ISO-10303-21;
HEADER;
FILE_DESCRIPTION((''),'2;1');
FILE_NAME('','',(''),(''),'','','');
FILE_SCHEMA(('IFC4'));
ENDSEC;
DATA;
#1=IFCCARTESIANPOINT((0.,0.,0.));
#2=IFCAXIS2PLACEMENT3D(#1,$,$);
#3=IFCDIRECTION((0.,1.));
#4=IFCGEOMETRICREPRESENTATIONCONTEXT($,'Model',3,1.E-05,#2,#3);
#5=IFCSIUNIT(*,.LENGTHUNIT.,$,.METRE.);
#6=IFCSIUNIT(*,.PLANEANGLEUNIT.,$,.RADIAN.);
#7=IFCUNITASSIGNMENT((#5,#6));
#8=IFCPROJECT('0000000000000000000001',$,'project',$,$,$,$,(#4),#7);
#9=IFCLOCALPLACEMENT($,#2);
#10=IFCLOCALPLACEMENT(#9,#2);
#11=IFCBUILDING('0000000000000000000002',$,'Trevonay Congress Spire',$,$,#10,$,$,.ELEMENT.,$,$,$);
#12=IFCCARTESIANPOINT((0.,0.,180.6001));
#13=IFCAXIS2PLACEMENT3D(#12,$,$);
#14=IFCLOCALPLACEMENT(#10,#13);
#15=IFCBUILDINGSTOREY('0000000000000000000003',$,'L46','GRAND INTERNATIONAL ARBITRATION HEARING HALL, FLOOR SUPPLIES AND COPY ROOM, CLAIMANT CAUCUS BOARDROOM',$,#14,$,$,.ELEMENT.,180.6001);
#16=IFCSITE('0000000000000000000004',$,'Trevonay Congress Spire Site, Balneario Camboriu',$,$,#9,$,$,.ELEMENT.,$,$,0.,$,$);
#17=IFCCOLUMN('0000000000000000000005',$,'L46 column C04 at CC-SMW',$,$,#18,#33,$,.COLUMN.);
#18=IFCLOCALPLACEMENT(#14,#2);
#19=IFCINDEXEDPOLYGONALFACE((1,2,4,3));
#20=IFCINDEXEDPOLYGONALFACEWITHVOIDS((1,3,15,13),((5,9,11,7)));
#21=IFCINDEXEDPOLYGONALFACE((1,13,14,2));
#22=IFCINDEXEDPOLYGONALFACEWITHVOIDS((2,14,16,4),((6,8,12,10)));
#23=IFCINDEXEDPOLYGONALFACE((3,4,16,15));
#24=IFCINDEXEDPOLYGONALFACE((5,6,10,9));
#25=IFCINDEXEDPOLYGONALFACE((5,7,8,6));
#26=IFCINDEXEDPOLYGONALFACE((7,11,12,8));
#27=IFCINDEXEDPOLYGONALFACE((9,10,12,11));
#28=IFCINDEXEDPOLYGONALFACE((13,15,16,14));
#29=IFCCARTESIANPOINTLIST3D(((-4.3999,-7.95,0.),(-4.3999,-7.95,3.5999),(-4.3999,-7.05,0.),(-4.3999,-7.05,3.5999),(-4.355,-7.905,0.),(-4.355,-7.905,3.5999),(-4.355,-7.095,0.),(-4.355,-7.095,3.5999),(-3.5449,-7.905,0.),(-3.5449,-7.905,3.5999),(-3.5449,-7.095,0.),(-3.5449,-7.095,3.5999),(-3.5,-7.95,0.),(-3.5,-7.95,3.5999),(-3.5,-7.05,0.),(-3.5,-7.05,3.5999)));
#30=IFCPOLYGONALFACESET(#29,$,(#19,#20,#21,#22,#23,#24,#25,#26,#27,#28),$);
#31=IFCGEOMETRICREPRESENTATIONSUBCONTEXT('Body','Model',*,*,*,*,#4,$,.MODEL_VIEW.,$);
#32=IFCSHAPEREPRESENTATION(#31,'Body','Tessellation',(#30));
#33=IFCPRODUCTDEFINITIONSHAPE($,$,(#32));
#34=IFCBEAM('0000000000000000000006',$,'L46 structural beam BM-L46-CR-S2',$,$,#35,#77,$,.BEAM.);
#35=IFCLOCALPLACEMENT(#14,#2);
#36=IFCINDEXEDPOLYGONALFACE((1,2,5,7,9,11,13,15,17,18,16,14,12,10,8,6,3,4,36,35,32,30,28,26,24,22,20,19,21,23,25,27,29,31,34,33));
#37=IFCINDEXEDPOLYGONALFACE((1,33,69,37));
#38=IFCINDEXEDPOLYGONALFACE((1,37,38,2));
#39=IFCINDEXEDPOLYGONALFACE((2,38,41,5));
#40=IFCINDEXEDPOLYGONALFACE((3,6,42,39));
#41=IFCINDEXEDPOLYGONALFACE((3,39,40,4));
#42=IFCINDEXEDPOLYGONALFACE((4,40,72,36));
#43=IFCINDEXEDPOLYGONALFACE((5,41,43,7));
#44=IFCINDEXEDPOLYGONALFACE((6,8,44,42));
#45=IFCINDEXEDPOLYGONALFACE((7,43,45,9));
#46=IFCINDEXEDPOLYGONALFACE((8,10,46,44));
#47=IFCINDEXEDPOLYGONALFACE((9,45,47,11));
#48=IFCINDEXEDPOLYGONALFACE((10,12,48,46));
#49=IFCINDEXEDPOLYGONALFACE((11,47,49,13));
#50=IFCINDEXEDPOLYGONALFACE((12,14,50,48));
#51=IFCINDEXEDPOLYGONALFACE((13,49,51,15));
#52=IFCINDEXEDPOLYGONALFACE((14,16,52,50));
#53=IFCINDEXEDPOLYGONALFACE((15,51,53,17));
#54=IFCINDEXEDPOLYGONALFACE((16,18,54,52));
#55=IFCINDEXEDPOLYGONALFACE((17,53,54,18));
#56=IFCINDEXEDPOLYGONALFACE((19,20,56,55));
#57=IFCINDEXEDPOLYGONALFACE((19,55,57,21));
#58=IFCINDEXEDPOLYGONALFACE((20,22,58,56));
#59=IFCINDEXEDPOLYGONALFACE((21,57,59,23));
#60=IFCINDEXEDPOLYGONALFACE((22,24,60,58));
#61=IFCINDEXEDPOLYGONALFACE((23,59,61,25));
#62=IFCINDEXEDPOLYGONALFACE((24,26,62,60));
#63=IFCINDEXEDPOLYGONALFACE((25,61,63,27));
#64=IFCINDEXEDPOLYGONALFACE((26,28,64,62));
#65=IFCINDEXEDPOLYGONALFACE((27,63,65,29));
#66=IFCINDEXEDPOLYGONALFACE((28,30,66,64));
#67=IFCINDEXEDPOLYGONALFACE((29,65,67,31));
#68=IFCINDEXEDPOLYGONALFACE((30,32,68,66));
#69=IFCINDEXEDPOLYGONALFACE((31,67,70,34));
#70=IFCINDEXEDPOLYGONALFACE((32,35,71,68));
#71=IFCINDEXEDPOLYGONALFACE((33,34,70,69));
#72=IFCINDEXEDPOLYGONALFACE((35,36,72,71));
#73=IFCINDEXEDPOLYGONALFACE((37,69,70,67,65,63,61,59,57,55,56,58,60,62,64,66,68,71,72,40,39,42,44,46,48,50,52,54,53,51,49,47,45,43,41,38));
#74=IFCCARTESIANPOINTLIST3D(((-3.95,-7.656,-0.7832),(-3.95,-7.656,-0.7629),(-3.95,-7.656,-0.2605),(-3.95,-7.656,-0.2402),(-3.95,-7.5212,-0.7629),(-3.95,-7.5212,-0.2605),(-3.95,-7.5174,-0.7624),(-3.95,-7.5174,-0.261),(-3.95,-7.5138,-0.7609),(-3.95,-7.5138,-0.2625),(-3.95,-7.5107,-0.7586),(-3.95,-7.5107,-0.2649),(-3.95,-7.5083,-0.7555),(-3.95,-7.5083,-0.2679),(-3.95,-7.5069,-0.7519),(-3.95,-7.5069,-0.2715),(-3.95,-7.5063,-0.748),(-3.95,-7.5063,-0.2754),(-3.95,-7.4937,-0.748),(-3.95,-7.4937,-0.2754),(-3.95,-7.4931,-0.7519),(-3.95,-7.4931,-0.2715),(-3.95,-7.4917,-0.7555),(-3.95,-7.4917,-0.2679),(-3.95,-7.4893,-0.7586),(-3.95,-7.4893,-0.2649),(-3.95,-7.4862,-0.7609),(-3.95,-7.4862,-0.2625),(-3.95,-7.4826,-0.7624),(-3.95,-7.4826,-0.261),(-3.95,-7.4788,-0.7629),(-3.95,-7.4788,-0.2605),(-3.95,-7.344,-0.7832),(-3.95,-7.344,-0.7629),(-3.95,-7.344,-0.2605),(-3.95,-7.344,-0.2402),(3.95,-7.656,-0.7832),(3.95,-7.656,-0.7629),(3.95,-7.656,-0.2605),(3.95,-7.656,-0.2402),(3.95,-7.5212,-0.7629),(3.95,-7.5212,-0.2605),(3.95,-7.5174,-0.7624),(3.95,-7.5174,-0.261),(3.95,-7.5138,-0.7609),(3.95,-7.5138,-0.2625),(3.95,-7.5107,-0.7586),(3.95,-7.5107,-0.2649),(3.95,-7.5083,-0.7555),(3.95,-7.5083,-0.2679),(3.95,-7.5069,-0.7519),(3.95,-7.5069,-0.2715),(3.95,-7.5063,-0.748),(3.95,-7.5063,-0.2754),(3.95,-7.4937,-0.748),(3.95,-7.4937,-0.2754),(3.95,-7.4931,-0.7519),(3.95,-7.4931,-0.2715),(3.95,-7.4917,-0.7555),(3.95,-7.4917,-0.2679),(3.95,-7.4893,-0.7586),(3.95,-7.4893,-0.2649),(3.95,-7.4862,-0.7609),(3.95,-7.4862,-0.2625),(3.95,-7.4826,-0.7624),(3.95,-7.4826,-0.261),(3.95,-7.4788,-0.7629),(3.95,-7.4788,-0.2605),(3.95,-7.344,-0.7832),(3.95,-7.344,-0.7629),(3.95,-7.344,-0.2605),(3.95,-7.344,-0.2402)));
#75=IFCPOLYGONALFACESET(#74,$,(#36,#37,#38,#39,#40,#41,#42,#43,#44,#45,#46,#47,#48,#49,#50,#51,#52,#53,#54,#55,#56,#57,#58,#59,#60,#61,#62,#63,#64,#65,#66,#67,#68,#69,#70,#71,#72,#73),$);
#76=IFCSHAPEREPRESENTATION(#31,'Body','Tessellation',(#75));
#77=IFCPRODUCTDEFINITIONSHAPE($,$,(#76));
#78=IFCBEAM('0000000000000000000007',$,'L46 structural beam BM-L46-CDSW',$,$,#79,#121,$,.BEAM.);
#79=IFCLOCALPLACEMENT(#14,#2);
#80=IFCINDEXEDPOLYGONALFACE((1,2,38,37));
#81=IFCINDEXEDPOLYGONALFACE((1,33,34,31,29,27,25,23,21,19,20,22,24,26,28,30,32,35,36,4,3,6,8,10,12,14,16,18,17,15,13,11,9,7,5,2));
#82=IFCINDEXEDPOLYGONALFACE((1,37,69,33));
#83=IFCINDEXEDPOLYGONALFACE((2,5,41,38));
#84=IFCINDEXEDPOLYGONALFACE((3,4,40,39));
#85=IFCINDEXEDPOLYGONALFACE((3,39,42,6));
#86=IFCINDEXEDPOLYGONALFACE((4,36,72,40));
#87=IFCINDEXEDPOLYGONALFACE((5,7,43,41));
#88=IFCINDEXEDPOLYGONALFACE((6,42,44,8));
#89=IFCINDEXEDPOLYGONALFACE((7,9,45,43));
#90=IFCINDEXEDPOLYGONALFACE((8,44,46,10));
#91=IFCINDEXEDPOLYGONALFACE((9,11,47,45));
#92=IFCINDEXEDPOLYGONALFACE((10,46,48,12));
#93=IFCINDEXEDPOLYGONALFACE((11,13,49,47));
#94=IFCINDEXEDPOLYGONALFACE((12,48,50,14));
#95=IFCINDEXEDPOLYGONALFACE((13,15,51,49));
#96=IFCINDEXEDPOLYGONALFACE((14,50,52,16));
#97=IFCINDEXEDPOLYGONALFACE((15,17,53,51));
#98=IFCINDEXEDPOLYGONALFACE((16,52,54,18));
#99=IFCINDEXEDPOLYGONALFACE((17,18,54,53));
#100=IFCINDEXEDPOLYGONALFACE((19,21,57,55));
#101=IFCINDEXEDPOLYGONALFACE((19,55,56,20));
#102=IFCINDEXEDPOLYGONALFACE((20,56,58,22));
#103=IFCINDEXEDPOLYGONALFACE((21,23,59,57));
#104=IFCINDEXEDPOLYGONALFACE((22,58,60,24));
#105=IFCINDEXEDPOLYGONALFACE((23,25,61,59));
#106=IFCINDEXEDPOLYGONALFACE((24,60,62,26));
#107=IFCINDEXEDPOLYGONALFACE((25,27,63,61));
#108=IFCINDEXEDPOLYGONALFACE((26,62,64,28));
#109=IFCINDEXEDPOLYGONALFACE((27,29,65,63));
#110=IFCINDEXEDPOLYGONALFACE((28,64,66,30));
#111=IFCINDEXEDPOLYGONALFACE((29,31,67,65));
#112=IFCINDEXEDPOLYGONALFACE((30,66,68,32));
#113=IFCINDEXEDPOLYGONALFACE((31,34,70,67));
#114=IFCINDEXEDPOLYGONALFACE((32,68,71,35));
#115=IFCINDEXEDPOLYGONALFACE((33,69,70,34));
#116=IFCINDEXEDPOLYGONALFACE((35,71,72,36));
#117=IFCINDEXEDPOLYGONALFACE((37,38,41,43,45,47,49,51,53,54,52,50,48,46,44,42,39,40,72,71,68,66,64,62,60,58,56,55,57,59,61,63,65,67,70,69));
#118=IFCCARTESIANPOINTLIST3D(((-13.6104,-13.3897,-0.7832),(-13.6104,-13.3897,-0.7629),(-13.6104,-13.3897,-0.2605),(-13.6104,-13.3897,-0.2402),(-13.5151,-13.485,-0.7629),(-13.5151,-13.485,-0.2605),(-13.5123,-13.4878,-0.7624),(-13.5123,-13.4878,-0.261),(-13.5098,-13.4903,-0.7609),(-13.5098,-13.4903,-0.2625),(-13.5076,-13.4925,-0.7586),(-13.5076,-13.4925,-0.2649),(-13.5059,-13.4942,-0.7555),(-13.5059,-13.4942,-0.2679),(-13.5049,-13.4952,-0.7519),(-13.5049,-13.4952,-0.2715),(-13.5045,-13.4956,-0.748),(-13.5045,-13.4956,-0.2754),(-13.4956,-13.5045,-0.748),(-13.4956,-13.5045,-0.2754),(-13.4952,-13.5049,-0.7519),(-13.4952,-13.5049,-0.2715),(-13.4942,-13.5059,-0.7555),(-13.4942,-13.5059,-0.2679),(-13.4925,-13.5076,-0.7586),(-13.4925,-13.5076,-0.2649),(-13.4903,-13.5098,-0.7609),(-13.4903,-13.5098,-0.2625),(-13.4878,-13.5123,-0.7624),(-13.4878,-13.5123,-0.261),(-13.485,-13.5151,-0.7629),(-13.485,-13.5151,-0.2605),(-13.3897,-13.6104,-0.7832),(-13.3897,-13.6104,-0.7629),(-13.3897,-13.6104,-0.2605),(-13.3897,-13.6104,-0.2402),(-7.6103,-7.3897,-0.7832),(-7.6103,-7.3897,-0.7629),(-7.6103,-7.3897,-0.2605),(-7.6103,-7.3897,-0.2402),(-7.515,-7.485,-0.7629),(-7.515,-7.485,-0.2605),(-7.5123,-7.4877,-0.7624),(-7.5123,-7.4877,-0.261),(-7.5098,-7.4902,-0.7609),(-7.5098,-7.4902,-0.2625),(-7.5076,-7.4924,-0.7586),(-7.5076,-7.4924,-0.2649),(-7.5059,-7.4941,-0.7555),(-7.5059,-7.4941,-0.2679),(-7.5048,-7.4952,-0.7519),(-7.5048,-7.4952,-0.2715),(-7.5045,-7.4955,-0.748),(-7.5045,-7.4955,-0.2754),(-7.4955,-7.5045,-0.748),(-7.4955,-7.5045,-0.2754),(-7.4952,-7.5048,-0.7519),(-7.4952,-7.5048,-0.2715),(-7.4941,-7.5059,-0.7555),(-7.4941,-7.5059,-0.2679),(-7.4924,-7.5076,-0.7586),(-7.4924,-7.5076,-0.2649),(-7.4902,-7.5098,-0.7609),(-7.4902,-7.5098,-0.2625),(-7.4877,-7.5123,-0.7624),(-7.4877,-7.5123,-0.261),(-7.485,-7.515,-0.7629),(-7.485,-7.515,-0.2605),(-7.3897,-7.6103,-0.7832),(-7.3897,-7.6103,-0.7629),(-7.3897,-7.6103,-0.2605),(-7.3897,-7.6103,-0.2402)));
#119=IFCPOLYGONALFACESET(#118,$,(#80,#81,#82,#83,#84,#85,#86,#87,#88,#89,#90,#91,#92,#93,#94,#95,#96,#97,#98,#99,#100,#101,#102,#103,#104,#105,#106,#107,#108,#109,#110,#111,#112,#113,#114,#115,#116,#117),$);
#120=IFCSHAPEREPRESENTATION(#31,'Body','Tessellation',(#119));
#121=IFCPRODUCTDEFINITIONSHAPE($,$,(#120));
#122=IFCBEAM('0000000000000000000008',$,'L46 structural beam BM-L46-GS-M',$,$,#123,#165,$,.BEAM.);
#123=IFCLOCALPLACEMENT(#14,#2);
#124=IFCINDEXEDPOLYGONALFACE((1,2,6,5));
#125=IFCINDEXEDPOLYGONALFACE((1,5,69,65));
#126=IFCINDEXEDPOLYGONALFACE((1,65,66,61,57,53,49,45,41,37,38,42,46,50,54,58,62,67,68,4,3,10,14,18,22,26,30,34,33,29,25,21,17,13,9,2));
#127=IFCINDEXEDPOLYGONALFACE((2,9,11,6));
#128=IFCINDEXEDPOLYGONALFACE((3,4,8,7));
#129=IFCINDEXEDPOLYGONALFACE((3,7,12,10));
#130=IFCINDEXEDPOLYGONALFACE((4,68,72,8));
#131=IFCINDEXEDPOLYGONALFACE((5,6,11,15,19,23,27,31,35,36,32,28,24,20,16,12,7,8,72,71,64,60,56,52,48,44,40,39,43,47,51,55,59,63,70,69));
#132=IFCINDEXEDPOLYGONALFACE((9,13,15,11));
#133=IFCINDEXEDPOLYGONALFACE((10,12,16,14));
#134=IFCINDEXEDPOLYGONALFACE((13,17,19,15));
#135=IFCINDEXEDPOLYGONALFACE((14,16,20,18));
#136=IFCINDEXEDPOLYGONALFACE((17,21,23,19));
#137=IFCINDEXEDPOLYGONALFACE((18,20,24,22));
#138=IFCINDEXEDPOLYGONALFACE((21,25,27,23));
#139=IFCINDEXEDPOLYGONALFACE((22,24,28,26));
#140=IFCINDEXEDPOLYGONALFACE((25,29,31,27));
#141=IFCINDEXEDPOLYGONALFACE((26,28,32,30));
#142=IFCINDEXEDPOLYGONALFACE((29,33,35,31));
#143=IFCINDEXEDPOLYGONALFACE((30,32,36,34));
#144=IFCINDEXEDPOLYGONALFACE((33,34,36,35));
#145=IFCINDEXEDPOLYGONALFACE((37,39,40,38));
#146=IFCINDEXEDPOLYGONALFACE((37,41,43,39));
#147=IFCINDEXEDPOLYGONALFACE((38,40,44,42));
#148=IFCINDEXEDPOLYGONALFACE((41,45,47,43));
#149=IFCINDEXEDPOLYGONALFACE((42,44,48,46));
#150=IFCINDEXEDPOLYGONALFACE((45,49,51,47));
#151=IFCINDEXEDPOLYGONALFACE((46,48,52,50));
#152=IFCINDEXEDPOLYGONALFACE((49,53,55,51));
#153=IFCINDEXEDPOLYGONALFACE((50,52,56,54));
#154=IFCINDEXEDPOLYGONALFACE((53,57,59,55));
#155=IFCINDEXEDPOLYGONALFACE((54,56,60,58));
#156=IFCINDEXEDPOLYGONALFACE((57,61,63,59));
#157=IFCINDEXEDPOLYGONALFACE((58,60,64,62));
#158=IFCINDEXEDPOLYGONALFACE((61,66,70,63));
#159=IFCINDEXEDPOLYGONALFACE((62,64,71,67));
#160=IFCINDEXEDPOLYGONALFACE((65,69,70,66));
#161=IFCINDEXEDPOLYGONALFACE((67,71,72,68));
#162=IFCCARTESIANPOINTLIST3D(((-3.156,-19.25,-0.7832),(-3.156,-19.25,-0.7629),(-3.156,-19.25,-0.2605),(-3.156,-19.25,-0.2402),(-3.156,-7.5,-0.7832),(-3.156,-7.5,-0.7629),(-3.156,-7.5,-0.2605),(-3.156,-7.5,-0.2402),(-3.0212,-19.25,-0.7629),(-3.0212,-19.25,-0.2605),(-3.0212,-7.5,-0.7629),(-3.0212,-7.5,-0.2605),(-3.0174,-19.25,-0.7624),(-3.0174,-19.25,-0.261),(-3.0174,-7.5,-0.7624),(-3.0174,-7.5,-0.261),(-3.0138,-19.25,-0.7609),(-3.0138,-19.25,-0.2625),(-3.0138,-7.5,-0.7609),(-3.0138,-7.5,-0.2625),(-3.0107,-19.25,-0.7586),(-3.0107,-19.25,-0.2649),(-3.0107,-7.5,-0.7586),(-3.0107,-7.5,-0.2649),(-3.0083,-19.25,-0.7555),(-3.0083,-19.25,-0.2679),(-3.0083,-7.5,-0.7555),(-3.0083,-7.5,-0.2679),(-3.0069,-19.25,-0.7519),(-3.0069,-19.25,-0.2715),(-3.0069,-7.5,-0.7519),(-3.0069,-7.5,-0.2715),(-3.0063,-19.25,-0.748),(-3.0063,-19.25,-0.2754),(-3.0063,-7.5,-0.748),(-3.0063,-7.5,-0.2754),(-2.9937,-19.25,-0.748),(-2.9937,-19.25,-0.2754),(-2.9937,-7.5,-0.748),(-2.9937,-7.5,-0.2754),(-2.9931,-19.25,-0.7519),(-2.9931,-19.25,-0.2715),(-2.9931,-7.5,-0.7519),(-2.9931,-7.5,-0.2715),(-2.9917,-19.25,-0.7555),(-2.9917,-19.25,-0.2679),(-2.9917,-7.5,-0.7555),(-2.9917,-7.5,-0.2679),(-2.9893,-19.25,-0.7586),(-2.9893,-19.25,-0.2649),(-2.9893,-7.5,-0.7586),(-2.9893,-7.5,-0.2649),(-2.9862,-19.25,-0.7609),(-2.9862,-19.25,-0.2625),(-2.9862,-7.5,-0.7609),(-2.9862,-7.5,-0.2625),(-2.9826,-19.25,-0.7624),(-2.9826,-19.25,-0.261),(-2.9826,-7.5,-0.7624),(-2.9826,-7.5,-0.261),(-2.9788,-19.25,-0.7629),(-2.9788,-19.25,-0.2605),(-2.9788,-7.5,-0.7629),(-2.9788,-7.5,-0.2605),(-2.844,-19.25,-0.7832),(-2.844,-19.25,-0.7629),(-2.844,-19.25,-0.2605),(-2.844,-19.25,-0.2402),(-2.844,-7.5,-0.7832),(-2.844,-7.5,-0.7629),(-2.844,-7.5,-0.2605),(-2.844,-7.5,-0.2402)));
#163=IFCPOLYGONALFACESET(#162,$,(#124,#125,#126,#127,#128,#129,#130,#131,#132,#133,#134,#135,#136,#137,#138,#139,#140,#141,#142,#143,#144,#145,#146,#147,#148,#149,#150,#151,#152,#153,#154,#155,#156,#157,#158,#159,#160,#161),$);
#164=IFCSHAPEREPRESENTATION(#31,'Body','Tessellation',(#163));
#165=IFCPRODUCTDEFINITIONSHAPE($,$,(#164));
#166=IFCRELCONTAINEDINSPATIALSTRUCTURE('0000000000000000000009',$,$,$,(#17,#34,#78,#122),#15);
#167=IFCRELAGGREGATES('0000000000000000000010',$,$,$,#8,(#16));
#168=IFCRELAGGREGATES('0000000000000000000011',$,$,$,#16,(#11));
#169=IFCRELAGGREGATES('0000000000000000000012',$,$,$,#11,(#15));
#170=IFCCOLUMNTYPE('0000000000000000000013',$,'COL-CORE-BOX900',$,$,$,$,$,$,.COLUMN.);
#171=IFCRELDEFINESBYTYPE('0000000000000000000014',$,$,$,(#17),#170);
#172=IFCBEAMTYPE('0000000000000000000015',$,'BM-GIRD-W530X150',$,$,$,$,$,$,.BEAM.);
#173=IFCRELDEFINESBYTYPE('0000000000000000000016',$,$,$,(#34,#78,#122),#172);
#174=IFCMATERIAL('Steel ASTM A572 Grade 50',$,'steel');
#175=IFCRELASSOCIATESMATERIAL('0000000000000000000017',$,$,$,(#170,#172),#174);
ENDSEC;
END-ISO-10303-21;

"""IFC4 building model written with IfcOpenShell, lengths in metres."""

from ifc_helpers import new_model, si_unit, direction, frame, origin, origin_2d, place, context, subcontext, project, spatial, hollow_rectangle, i_section, extrude, material, material_profile, profile_set, type_object, element, save


model = new_model("IFC4")

# Units and contexts
model_context = context("Model", 3, precision=1e-05, world=origin(), true_north=direction((0.0, 1.0)))
body_context = subcontext(model_context, "Body", "Model", "MODEL_VIEW")
ifc_project = project(units=[si_unit("LENGTHUNIT", "METRE"), si_unit("PLANEANGLEUNIT", "RADIAN")], contexts=[model_context])

# Site, building, storey
site_placement = place(None, origin())
site = spatial("IfcSite", under=ifc_project, at=site_placement, Name="Trevonay Congress Spire Site, Balneario Camboriu", CompositionType="ELEMENT", RefElevation=0.0)
building_placement = place(site_placement, origin())
building = spatial("IfcBuilding", under=site, at=building_placement, Name="Trevonay Congress Spire", CompositionType="ELEMENT")
storey_placement = place(building_placement, frame((0.0, 0.0, 180.6001)))
storey = spatial("IfcBuildingStorey", under=building, at=storey_placement, Name="L46", Description="GRAND INTERNATIONAL ARBITRATION HEARING HALL, FLOOR SUPPLIES AND COPY ROOM, CLAIMANT CAUCUS BOARDROOM", CompositionType="ELEMENT", Elevation=180.6001)

# Column
ifc_material_1 = material(Name="Steel ASTM A572 Grade 50", Category="steel")
ifc_material_profile_1 = material_profile(ifc_material_1, hollow_rectangle(XDim=0.8999, YDim=0.8999, WallThickness=0.0449, at=origin_2d()), Name="BOX 900x900x45")
ifc_profile_set_1 = profile_set([ifc_material_profile_1], Name="Steel ASTM A572 Grade 50")
column_type = type_object("IfcColumnType", Name="COL-CORE-BOX900", PredefinedType="COLUMN", material=ifc_profile_set_1)
column_placement = place(storey_placement, frame((-3.95, -7.5, 0.0), z_axis=(0.0, 0.0, 1.0), x_axis=(1.0, 0.0, 0.0)))
element("IfcColumn", 1, at=column_placement, inside=storey, type_object=column_type, Name="L46 column C04 at CC-SMW", PredefinedType="COLUMN", context=body_context, shape_type="SweptSolid", body=[
    extrude(hollow_rectangle(XDim=0.8999, YDim=0.8999, WallThickness=0.0449, at=origin_2d()), origin(), (0.0, 0.0, 1.0), 3.5999),
])

# Beams
ifc_material_profile_2 = material_profile(ifc_material_1, i_section(OverallWidth=0.312, OverallDepth=0.543, WebThickness=0.0127, FlangeThickness=0.0203, FilletRadius=0.0149, at=origin_2d()), Name="W530x150")
ifc_profile_set_2 = profile_set([ifc_material_profile_2], Name="Steel ASTM A572 Grade 50")
beam_type_1 = type_object("IfcBeamType", Name="BM-GIRD-W530X150", PredefinedType="BEAM", material=ifc_profile_set_2)
beam_1_placement = place(storey_placement, frame((-3.95, -7.5, -0.5117), z_axis=(1.0, 0.0, 0.0), x_axis=(0.0, 1.0, 0.0)))
element("IfcBeam", 2, at=beam_1_placement, inside=storey, type_object=beam_type_1, Name="L46 structural beam BM-L46-CR-S2", PredefinedType="BEAM", context=body_context, shape_type="SweptSolid", body=[
    extrude(i_section(OverallWidth=0.312, OverallDepth=0.543, WebThickness=0.0127, FlangeThickness=0.0203, FilletRadius=0.0149, at=origin_2d()), origin(), (0.0, 0.0, 1.0), 7.8999),
])
beam_2_placement = place(storey_placement, frame((-7.5, -7.5, -0.5117), z_axis=(-0.707107, -0.707107, 0.0), x_axis=(0.707107, -0.707107, 0.0)))
element("IfcBeam", 3, at=beam_2_placement, inside=storey, type_object=beam_type_1, Name="L46 structural beam BM-L46-CDSW", PredefinedType="BEAM", context=body_context, shape_type="SweptSolid", body=[
    extrude(i_section(OverallWidth=0.312, OverallDepth=0.543, WebThickness=0.0127, FlangeThickness=0.0203, FilletRadius=0.0149, at=origin_2d()), origin(), (0.0, 0.0, 1.0), 8.4854),
])
for number, where, z_axis, x_axis, name in (
    (4, (-3.0, -7.5, -0.5117), (0.0, -1.0, 0.0), (1.0, 0.0, 0.0), "L46 structural beam BM-L46-GS-M"),
):
    element("IfcBeam", number, at=place(storey_placement, frame(where, z_axis=z_axis, x_axis=x_axis)), inside=storey, type_object=beam_type_1, Name=name, PredefinedType="BEAM", context=body_context, shape_type="SweptSolid", body=[
        extrude(i_section(OverallWidth=0.312, OverallDepth=0.543, WebThickness=0.0127, FlangeThickness=0.0203, FilletRadius=0.0149, at=origin_2d()), origin(), (0.0, 0.0, 1.0), 11.75),
    ])

save(model, "model.ifc")
